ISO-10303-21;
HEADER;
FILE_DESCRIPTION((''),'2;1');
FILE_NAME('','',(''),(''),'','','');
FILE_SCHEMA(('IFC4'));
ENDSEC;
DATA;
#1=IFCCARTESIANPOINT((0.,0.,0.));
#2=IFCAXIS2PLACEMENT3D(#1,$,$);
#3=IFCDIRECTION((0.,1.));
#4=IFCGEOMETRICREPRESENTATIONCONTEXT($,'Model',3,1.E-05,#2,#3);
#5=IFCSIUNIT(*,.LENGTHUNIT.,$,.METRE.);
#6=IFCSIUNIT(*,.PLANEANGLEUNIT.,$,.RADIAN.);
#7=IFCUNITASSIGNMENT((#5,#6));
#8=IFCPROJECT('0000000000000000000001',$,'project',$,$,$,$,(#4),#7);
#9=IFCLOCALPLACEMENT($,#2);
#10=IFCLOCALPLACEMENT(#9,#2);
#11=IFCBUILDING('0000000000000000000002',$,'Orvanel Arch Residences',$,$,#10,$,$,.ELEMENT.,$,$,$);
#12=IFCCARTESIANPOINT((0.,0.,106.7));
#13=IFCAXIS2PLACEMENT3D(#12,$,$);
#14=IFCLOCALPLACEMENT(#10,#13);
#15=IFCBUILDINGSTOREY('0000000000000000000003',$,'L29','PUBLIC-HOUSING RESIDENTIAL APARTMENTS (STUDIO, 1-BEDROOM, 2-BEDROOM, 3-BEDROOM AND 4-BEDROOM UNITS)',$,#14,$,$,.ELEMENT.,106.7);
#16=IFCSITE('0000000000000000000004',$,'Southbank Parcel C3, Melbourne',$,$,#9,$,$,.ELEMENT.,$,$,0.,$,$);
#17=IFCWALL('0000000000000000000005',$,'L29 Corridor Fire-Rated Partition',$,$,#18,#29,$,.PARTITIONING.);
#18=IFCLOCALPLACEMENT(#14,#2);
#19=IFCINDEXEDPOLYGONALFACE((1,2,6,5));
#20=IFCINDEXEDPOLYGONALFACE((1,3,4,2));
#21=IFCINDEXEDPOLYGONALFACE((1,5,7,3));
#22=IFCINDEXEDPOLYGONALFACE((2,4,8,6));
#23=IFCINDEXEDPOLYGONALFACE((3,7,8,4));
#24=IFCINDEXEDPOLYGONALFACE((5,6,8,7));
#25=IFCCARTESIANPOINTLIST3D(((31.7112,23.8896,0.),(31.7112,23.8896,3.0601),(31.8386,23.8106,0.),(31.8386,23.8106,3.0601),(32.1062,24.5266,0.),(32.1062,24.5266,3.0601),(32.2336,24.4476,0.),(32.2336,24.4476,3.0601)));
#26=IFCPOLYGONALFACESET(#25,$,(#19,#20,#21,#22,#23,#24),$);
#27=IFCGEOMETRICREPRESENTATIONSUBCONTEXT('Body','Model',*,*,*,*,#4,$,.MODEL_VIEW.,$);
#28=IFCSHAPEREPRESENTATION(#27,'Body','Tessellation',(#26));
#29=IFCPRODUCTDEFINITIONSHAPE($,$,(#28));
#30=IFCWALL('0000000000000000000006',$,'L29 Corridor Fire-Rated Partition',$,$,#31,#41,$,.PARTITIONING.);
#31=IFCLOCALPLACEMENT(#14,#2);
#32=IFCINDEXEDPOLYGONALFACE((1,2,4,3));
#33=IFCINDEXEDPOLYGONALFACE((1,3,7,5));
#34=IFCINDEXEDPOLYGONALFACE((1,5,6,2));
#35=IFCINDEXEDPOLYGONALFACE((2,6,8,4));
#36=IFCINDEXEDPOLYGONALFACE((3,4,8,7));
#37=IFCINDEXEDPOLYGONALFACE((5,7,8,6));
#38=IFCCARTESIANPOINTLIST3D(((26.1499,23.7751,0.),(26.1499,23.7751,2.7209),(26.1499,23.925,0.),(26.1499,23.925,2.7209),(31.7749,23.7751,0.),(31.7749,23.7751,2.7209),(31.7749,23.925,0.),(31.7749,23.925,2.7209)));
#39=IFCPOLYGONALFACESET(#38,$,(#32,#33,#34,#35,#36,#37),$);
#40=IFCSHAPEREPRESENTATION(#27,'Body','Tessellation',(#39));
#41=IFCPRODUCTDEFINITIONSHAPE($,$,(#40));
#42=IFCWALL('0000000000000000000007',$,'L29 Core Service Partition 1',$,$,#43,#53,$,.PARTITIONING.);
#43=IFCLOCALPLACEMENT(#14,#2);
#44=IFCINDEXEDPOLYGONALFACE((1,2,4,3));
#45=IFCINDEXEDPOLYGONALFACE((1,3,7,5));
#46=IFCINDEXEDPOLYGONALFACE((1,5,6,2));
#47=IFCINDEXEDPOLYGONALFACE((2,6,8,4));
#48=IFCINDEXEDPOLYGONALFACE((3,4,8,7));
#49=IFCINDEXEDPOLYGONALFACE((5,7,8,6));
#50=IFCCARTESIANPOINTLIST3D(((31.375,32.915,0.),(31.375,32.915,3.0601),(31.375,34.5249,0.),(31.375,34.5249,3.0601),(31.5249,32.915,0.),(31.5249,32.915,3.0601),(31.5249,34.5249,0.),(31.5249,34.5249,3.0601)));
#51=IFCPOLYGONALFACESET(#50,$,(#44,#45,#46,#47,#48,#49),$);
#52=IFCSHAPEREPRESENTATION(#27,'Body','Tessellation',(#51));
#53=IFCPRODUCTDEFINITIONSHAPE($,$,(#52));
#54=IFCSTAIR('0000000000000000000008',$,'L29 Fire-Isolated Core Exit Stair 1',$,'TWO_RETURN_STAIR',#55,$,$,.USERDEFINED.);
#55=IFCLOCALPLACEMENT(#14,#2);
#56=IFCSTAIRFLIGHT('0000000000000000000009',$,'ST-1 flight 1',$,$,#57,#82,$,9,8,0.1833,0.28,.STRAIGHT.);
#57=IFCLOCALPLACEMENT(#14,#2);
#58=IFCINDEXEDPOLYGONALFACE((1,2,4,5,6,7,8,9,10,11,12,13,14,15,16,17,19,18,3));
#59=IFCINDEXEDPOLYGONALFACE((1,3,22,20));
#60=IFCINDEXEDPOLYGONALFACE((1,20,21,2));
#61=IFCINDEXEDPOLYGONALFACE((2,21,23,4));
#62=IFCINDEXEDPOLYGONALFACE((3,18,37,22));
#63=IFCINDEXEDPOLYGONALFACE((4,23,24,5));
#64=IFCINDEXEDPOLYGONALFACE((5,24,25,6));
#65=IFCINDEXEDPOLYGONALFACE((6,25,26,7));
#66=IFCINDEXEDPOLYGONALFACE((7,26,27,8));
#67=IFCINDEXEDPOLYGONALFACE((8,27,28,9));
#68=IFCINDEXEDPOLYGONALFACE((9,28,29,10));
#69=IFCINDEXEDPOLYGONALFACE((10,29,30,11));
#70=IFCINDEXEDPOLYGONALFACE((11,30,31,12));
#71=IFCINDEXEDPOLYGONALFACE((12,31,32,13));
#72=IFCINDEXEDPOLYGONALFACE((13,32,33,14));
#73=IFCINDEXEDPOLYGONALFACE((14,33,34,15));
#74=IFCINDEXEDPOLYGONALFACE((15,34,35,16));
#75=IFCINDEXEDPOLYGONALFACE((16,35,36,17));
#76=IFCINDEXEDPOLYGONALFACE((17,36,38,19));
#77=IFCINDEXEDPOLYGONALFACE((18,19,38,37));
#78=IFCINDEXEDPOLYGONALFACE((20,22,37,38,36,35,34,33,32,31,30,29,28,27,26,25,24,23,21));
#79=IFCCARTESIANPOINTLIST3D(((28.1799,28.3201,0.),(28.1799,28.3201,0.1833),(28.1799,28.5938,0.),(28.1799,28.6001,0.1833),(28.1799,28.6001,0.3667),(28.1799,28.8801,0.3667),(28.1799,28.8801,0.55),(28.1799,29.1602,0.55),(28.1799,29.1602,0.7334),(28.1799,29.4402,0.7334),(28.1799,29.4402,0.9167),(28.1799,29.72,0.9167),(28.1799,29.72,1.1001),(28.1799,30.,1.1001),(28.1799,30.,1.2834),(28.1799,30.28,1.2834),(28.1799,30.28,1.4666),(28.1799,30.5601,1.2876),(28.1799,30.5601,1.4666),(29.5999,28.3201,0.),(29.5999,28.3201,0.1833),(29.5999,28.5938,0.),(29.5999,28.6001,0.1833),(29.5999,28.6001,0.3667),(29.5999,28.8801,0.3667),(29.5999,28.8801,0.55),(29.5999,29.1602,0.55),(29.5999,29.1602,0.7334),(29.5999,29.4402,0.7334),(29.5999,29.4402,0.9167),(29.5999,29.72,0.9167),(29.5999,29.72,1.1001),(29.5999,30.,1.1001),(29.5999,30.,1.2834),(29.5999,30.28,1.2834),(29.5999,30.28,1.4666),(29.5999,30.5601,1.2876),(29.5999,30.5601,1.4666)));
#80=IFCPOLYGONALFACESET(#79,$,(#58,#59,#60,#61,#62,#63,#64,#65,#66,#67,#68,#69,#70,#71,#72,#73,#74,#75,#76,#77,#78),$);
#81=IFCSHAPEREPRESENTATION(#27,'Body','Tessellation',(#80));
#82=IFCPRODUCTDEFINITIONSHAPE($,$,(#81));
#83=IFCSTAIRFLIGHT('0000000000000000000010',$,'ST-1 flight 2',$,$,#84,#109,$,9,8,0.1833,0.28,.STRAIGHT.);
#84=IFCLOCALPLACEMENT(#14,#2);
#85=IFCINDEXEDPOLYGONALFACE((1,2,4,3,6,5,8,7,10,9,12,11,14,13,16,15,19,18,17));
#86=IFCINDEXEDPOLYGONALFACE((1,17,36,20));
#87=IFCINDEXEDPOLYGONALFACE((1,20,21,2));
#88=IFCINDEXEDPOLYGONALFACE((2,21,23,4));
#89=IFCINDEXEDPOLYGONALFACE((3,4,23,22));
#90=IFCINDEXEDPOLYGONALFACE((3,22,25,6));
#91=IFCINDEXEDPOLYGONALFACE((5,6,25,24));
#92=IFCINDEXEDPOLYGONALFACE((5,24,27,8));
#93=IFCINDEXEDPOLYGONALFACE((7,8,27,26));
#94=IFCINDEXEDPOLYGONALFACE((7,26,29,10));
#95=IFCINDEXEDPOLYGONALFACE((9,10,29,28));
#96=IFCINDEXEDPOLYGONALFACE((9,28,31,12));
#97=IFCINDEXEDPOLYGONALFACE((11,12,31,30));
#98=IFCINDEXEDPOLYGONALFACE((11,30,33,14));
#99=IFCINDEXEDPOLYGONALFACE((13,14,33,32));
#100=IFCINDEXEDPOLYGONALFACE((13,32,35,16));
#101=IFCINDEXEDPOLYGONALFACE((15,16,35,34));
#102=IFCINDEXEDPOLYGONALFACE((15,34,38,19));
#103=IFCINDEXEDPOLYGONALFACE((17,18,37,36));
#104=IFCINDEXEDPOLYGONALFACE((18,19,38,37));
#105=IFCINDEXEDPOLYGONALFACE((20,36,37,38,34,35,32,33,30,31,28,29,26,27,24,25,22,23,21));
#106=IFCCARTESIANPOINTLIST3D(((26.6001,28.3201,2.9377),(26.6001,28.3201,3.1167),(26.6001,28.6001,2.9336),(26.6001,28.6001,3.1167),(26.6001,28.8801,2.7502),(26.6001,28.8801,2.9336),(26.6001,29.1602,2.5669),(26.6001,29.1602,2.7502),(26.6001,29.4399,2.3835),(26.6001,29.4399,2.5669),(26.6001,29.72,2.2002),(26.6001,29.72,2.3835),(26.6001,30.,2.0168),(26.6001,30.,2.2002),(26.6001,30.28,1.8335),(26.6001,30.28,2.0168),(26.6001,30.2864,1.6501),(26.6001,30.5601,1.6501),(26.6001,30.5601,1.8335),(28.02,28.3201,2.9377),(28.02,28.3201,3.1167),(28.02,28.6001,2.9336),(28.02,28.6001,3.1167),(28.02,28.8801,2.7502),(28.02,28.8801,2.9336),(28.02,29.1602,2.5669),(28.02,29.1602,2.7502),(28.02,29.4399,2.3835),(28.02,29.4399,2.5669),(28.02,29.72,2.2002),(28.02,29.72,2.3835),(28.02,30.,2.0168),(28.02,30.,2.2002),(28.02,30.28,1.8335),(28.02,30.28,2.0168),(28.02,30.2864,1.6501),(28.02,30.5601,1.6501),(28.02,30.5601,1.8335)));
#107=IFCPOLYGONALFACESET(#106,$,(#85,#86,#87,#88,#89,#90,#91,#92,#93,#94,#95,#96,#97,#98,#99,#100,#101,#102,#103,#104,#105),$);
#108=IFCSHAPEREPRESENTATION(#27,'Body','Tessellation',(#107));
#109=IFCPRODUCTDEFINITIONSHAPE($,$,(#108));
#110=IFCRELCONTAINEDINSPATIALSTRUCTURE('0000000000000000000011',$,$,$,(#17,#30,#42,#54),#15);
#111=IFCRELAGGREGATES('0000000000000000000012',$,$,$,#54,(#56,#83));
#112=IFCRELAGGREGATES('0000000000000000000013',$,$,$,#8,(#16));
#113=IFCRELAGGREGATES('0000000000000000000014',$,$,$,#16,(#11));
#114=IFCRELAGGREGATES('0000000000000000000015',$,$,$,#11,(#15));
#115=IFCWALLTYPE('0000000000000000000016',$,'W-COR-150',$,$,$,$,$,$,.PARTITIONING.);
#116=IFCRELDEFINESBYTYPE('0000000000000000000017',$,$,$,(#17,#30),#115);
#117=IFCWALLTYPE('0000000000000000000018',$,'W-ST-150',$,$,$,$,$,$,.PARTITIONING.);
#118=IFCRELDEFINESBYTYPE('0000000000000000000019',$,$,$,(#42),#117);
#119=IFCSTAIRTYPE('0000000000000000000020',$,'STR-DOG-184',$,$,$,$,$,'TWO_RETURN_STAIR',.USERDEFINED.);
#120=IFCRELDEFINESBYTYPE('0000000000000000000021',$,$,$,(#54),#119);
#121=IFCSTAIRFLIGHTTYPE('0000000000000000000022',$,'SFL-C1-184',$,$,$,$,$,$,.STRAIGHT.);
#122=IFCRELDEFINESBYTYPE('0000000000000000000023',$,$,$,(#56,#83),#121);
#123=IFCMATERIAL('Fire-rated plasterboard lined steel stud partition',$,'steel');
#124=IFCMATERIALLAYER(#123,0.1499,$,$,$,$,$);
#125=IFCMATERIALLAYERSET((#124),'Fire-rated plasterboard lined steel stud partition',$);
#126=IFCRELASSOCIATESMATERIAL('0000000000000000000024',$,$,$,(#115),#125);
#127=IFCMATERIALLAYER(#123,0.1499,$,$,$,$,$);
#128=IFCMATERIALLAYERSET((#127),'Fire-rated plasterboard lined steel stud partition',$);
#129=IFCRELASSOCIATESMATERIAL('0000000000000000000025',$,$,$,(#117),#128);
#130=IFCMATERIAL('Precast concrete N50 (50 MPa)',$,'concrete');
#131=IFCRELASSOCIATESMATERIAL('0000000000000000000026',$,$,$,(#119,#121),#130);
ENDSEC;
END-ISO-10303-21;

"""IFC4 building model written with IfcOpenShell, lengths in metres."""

from ifc_helpers import new_model, si_unit, direction, frame, frame_2d, origin, place, context, subcontext, project, spatial, polyline, rectangle, outline, extrude, material, layer, layer_set, type_object, element, aggregate, save


model = new_model("IFC4")

# Units and contexts
model_context = context("Model", 3, precision=1e-05, world=origin(), true_north=direction((0.0, 1.0)))
body_context = subcontext(model_context, "Body", "Model", "MODEL_VIEW")
ifc_project = project(units=[si_unit("LENGTHUNIT", "METRE"), si_unit("PLANEANGLEUNIT", "RADIAN")], contexts=[model_context])

# Site, building, storey
site_placement = place(None, origin())
site = spatial("IfcSite", under=ifc_project, at=site_placement, Name="Southbank Parcel C3, Melbourne", CompositionType="ELEMENT", RefElevation=0.0)
building_placement = place(site_placement, origin())
building = spatial("IfcBuilding", under=site, at=building_placement, Name="Orvanel Arch Residences", CompositionType="ELEMENT")
storey_placement = place(building_placement, frame((0.0, 0.0, 106.7)))
storey = spatial("IfcBuildingStorey", under=building, at=storey_placement, Name="L29", Description="PUBLIC-HOUSING RESIDENTIAL APARTMENTS (STUDIO, 1-BEDROOM, 2-BEDROOM, 3-BEDROOM AND 4-BEDROOM UNITS)", CompositionType="ELEMENT", Elevation=106.7)

# Walls
ifc_material_1 = material(Name="Fire-rated plasterboard lined steel stud partition", Category="steel")
ifc_layer_1 = layer(ifc_material_1, 0.1499)
ifc_layer_set_1 = layer_set([ifc_layer_1], Name="Fire-rated plasterboard lined steel stud partition")
wall_type_1 = type_object("IfcWallType", Name="W-COR-150", PredefinedType="PARTITIONING", material=ifc_layer_set_1)
wall_1_placement = place(storey_placement, frame((32.1699, 24.4871, 0.0), z_axis=(0.0, 0.0, 1.0), x_axis=(-0.527038, -0.849841, 0.0)))
element("IfcWall", 1, at=wall_1_placement, inside=storey, type_object=wall_type_1, Name="L29 Corridor Fire-Rated Partition", PredefinedType="PARTITIONING", context=body_context, shape_type="SweptSolid", body=[
    extrude(rectangle(XDim=0.7495, YDim=0.1499, at=frame_2d((0.3748, 0.0))), origin(), (0.0, 0.0, 1.0), 3.0601),
])
wall_2_placement = place(storey_placement, frame((31.7749, 23.8501, 0.0), z_axis=(0.0, 0.0, 1.0), x_axis=(-1.0, 0.0, 0.0)))
element("IfcWall", 2, at=wall_2_placement, inside=storey, type_object=wall_type_1, Name="L29 Corridor Fire-Rated Partition", PredefinedType="PARTITIONING", context=body_context, shape_type="SweptSolid", body=[
    extrude(rectangle(XDim=5.625, YDim=0.1499, at=frame_2d((2.8125, 0.0))), origin(), (0.0, 0.0, 1.0), 2.7209),
])
ifc_layer_2 = layer(ifc_material_1, 0.1499)
ifc_layer_set_2 = layer_set([ifc_layer_2], Name="Fire-rated plasterboard lined steel stud partition")
wall_type_2 = type_object("IfcWallType", Name="W-ST-150", PredefinedType="PARTITIONING", material=ifc_layer_set_2)
wall_3_placement = place(storey_placement, frame((31.45, 32.915, 0.0), z_axis=(0.0, 0.0, 1.0), x_axis=(0.0, 1.0, 0.0)))
element("IfcWall", 3, at=wall_3_placement, inside=storey, type_object=wall_type_2, Name="L29 Core Service Partition 1", PredefinedType="PARTITIONING", context=body_context, shape_type="SweptSolid", body=[
    extrude(rectangle(XDim=1.6099, YDim=0.1499, at=frame_2d((0.8049, 0.0))), origin(), (0.0, 0.0, 1.0), 3.0601),
])

# Stair, stair flights
ifc_material_2 = material(Name="Precast concrete N50 (50 MPa)", Category="concrete")
stair_type = type_object("IfcStairType", Name="STR-DOG-184", ElementType="TWO_RETURN_STAIR", PredefinedType="USERDEFINED", material=ifc_material_2)
stair_placement = place(storey_placement, origin())
stair = element("IfcStair", 4, at=stair_placement, inside=storey, type_object=stair_type, Name="L29 Fire-Isolated Core Exit Stair 1", ObjectType="TWO_RETURN_STAIR", PredefinedType="USERDEFINED")
stair_flight_type = type_object("IfcStairFlightType", Name="SFL-C1-184", PredefinedType="STRAIGHT", material=ifc_material_2)
stair_flight_1_placement = place(storey_placement, frame((28.8899, 28.3201, 0.0), z_axis=(0.0, 0.0, 1.0), x_axis=(0.0, 1.0, 0.0)))
stair_flight_1 = element("IfcStairFlight", 5, at=stair_flight_1_placement, type_object=stair_flight_type, Name="ST-1 flight 1", NumberOfRisers=9, NumberOfTreads=8, PredefinedType="STRAIGHT", RiserHeight=0.1833, TreadLength=0.28, context=body_context, shape_type="SweptSolid", body=[
    extrude(outline(polyline([(0.0, 0.0), (0.0, 0.1833), (0.28, 0.1833), (0.28, 0.3667), (0.5601, 0.3667), (0.5601, 0.55), (0.8401, 0.55), (0.8401, 0.7334), (1.1201, 0.7334), (1.1201, 0.9167), (1.3999, 0.9167), (1.3999, 1.1001), (1.6799, 1.1001), (1.6799, 1.2834), (1.96, 1.2834), (1.96, 1.4666), (2.24, 1.4666), (2.24, 1.6499), (2.24, 1.2876), (0.2737, 0.0), (0.0, 0.0)])), frame((0.0, 0.71, 0.0), z_axis=(0.0, -1.0, 0.0), x_axis=(1.0, 0.0, 0.0)), (0.0, 0.0, 1.0), 1.4199),
])
stair_flight_2_placement = place(storey_placement, frame((27.3101, 30.5601, 1.6501), z_axis=(0.0, 0.0, 1.0), x_axis=(0.0, -1.0, 0.0)))
stair_flight_2 = element("IfcStairFlight", 6, at=stair_flight_2_placement, type_object=stair_flight_type, Name="ST-1 flight 2", NumberOfRisers=9, NumberOfTreads=8, PredefinedType="STRAIGHT", RiserHeight=0.1833, TreadLength=0.28, context=body_context, shape_type="SweptSolid", body=[
    extrude(outline(polyline([(0.0, 0.0), (0.0, 0.1833), (0.28, 0.1833), (0.28, 0.3667), (0.5601, 0.3667), (0.5601, 0.55), (0.8401, 0.55), (0.8401, 0.7334), (1.1201, 0.7334), (1.1201, 0.9167), (1.3999, 0.9167), (1.3999, 1.1001), (1.6799, 1.1001), (1.6799, 1.2834), (1.96, 1.2834), (1.96, 1.4666), (2.24, 1.4666), (2.24, 1.6499), (2.24, 1.2876), (0.2737, 0.0), (0.0, 0.0)])), frame((0.0, 0.71, 0.0), z_axis=(0.0, -1.0, 0.0), x_axis=(1.0, 0.0, 0.0)), (0.0, 0.0, 1.0), 1.4199),
])
aggregate(stair, [stair_flight_1, stair_flight_2])

save(model, "model.ifc")
